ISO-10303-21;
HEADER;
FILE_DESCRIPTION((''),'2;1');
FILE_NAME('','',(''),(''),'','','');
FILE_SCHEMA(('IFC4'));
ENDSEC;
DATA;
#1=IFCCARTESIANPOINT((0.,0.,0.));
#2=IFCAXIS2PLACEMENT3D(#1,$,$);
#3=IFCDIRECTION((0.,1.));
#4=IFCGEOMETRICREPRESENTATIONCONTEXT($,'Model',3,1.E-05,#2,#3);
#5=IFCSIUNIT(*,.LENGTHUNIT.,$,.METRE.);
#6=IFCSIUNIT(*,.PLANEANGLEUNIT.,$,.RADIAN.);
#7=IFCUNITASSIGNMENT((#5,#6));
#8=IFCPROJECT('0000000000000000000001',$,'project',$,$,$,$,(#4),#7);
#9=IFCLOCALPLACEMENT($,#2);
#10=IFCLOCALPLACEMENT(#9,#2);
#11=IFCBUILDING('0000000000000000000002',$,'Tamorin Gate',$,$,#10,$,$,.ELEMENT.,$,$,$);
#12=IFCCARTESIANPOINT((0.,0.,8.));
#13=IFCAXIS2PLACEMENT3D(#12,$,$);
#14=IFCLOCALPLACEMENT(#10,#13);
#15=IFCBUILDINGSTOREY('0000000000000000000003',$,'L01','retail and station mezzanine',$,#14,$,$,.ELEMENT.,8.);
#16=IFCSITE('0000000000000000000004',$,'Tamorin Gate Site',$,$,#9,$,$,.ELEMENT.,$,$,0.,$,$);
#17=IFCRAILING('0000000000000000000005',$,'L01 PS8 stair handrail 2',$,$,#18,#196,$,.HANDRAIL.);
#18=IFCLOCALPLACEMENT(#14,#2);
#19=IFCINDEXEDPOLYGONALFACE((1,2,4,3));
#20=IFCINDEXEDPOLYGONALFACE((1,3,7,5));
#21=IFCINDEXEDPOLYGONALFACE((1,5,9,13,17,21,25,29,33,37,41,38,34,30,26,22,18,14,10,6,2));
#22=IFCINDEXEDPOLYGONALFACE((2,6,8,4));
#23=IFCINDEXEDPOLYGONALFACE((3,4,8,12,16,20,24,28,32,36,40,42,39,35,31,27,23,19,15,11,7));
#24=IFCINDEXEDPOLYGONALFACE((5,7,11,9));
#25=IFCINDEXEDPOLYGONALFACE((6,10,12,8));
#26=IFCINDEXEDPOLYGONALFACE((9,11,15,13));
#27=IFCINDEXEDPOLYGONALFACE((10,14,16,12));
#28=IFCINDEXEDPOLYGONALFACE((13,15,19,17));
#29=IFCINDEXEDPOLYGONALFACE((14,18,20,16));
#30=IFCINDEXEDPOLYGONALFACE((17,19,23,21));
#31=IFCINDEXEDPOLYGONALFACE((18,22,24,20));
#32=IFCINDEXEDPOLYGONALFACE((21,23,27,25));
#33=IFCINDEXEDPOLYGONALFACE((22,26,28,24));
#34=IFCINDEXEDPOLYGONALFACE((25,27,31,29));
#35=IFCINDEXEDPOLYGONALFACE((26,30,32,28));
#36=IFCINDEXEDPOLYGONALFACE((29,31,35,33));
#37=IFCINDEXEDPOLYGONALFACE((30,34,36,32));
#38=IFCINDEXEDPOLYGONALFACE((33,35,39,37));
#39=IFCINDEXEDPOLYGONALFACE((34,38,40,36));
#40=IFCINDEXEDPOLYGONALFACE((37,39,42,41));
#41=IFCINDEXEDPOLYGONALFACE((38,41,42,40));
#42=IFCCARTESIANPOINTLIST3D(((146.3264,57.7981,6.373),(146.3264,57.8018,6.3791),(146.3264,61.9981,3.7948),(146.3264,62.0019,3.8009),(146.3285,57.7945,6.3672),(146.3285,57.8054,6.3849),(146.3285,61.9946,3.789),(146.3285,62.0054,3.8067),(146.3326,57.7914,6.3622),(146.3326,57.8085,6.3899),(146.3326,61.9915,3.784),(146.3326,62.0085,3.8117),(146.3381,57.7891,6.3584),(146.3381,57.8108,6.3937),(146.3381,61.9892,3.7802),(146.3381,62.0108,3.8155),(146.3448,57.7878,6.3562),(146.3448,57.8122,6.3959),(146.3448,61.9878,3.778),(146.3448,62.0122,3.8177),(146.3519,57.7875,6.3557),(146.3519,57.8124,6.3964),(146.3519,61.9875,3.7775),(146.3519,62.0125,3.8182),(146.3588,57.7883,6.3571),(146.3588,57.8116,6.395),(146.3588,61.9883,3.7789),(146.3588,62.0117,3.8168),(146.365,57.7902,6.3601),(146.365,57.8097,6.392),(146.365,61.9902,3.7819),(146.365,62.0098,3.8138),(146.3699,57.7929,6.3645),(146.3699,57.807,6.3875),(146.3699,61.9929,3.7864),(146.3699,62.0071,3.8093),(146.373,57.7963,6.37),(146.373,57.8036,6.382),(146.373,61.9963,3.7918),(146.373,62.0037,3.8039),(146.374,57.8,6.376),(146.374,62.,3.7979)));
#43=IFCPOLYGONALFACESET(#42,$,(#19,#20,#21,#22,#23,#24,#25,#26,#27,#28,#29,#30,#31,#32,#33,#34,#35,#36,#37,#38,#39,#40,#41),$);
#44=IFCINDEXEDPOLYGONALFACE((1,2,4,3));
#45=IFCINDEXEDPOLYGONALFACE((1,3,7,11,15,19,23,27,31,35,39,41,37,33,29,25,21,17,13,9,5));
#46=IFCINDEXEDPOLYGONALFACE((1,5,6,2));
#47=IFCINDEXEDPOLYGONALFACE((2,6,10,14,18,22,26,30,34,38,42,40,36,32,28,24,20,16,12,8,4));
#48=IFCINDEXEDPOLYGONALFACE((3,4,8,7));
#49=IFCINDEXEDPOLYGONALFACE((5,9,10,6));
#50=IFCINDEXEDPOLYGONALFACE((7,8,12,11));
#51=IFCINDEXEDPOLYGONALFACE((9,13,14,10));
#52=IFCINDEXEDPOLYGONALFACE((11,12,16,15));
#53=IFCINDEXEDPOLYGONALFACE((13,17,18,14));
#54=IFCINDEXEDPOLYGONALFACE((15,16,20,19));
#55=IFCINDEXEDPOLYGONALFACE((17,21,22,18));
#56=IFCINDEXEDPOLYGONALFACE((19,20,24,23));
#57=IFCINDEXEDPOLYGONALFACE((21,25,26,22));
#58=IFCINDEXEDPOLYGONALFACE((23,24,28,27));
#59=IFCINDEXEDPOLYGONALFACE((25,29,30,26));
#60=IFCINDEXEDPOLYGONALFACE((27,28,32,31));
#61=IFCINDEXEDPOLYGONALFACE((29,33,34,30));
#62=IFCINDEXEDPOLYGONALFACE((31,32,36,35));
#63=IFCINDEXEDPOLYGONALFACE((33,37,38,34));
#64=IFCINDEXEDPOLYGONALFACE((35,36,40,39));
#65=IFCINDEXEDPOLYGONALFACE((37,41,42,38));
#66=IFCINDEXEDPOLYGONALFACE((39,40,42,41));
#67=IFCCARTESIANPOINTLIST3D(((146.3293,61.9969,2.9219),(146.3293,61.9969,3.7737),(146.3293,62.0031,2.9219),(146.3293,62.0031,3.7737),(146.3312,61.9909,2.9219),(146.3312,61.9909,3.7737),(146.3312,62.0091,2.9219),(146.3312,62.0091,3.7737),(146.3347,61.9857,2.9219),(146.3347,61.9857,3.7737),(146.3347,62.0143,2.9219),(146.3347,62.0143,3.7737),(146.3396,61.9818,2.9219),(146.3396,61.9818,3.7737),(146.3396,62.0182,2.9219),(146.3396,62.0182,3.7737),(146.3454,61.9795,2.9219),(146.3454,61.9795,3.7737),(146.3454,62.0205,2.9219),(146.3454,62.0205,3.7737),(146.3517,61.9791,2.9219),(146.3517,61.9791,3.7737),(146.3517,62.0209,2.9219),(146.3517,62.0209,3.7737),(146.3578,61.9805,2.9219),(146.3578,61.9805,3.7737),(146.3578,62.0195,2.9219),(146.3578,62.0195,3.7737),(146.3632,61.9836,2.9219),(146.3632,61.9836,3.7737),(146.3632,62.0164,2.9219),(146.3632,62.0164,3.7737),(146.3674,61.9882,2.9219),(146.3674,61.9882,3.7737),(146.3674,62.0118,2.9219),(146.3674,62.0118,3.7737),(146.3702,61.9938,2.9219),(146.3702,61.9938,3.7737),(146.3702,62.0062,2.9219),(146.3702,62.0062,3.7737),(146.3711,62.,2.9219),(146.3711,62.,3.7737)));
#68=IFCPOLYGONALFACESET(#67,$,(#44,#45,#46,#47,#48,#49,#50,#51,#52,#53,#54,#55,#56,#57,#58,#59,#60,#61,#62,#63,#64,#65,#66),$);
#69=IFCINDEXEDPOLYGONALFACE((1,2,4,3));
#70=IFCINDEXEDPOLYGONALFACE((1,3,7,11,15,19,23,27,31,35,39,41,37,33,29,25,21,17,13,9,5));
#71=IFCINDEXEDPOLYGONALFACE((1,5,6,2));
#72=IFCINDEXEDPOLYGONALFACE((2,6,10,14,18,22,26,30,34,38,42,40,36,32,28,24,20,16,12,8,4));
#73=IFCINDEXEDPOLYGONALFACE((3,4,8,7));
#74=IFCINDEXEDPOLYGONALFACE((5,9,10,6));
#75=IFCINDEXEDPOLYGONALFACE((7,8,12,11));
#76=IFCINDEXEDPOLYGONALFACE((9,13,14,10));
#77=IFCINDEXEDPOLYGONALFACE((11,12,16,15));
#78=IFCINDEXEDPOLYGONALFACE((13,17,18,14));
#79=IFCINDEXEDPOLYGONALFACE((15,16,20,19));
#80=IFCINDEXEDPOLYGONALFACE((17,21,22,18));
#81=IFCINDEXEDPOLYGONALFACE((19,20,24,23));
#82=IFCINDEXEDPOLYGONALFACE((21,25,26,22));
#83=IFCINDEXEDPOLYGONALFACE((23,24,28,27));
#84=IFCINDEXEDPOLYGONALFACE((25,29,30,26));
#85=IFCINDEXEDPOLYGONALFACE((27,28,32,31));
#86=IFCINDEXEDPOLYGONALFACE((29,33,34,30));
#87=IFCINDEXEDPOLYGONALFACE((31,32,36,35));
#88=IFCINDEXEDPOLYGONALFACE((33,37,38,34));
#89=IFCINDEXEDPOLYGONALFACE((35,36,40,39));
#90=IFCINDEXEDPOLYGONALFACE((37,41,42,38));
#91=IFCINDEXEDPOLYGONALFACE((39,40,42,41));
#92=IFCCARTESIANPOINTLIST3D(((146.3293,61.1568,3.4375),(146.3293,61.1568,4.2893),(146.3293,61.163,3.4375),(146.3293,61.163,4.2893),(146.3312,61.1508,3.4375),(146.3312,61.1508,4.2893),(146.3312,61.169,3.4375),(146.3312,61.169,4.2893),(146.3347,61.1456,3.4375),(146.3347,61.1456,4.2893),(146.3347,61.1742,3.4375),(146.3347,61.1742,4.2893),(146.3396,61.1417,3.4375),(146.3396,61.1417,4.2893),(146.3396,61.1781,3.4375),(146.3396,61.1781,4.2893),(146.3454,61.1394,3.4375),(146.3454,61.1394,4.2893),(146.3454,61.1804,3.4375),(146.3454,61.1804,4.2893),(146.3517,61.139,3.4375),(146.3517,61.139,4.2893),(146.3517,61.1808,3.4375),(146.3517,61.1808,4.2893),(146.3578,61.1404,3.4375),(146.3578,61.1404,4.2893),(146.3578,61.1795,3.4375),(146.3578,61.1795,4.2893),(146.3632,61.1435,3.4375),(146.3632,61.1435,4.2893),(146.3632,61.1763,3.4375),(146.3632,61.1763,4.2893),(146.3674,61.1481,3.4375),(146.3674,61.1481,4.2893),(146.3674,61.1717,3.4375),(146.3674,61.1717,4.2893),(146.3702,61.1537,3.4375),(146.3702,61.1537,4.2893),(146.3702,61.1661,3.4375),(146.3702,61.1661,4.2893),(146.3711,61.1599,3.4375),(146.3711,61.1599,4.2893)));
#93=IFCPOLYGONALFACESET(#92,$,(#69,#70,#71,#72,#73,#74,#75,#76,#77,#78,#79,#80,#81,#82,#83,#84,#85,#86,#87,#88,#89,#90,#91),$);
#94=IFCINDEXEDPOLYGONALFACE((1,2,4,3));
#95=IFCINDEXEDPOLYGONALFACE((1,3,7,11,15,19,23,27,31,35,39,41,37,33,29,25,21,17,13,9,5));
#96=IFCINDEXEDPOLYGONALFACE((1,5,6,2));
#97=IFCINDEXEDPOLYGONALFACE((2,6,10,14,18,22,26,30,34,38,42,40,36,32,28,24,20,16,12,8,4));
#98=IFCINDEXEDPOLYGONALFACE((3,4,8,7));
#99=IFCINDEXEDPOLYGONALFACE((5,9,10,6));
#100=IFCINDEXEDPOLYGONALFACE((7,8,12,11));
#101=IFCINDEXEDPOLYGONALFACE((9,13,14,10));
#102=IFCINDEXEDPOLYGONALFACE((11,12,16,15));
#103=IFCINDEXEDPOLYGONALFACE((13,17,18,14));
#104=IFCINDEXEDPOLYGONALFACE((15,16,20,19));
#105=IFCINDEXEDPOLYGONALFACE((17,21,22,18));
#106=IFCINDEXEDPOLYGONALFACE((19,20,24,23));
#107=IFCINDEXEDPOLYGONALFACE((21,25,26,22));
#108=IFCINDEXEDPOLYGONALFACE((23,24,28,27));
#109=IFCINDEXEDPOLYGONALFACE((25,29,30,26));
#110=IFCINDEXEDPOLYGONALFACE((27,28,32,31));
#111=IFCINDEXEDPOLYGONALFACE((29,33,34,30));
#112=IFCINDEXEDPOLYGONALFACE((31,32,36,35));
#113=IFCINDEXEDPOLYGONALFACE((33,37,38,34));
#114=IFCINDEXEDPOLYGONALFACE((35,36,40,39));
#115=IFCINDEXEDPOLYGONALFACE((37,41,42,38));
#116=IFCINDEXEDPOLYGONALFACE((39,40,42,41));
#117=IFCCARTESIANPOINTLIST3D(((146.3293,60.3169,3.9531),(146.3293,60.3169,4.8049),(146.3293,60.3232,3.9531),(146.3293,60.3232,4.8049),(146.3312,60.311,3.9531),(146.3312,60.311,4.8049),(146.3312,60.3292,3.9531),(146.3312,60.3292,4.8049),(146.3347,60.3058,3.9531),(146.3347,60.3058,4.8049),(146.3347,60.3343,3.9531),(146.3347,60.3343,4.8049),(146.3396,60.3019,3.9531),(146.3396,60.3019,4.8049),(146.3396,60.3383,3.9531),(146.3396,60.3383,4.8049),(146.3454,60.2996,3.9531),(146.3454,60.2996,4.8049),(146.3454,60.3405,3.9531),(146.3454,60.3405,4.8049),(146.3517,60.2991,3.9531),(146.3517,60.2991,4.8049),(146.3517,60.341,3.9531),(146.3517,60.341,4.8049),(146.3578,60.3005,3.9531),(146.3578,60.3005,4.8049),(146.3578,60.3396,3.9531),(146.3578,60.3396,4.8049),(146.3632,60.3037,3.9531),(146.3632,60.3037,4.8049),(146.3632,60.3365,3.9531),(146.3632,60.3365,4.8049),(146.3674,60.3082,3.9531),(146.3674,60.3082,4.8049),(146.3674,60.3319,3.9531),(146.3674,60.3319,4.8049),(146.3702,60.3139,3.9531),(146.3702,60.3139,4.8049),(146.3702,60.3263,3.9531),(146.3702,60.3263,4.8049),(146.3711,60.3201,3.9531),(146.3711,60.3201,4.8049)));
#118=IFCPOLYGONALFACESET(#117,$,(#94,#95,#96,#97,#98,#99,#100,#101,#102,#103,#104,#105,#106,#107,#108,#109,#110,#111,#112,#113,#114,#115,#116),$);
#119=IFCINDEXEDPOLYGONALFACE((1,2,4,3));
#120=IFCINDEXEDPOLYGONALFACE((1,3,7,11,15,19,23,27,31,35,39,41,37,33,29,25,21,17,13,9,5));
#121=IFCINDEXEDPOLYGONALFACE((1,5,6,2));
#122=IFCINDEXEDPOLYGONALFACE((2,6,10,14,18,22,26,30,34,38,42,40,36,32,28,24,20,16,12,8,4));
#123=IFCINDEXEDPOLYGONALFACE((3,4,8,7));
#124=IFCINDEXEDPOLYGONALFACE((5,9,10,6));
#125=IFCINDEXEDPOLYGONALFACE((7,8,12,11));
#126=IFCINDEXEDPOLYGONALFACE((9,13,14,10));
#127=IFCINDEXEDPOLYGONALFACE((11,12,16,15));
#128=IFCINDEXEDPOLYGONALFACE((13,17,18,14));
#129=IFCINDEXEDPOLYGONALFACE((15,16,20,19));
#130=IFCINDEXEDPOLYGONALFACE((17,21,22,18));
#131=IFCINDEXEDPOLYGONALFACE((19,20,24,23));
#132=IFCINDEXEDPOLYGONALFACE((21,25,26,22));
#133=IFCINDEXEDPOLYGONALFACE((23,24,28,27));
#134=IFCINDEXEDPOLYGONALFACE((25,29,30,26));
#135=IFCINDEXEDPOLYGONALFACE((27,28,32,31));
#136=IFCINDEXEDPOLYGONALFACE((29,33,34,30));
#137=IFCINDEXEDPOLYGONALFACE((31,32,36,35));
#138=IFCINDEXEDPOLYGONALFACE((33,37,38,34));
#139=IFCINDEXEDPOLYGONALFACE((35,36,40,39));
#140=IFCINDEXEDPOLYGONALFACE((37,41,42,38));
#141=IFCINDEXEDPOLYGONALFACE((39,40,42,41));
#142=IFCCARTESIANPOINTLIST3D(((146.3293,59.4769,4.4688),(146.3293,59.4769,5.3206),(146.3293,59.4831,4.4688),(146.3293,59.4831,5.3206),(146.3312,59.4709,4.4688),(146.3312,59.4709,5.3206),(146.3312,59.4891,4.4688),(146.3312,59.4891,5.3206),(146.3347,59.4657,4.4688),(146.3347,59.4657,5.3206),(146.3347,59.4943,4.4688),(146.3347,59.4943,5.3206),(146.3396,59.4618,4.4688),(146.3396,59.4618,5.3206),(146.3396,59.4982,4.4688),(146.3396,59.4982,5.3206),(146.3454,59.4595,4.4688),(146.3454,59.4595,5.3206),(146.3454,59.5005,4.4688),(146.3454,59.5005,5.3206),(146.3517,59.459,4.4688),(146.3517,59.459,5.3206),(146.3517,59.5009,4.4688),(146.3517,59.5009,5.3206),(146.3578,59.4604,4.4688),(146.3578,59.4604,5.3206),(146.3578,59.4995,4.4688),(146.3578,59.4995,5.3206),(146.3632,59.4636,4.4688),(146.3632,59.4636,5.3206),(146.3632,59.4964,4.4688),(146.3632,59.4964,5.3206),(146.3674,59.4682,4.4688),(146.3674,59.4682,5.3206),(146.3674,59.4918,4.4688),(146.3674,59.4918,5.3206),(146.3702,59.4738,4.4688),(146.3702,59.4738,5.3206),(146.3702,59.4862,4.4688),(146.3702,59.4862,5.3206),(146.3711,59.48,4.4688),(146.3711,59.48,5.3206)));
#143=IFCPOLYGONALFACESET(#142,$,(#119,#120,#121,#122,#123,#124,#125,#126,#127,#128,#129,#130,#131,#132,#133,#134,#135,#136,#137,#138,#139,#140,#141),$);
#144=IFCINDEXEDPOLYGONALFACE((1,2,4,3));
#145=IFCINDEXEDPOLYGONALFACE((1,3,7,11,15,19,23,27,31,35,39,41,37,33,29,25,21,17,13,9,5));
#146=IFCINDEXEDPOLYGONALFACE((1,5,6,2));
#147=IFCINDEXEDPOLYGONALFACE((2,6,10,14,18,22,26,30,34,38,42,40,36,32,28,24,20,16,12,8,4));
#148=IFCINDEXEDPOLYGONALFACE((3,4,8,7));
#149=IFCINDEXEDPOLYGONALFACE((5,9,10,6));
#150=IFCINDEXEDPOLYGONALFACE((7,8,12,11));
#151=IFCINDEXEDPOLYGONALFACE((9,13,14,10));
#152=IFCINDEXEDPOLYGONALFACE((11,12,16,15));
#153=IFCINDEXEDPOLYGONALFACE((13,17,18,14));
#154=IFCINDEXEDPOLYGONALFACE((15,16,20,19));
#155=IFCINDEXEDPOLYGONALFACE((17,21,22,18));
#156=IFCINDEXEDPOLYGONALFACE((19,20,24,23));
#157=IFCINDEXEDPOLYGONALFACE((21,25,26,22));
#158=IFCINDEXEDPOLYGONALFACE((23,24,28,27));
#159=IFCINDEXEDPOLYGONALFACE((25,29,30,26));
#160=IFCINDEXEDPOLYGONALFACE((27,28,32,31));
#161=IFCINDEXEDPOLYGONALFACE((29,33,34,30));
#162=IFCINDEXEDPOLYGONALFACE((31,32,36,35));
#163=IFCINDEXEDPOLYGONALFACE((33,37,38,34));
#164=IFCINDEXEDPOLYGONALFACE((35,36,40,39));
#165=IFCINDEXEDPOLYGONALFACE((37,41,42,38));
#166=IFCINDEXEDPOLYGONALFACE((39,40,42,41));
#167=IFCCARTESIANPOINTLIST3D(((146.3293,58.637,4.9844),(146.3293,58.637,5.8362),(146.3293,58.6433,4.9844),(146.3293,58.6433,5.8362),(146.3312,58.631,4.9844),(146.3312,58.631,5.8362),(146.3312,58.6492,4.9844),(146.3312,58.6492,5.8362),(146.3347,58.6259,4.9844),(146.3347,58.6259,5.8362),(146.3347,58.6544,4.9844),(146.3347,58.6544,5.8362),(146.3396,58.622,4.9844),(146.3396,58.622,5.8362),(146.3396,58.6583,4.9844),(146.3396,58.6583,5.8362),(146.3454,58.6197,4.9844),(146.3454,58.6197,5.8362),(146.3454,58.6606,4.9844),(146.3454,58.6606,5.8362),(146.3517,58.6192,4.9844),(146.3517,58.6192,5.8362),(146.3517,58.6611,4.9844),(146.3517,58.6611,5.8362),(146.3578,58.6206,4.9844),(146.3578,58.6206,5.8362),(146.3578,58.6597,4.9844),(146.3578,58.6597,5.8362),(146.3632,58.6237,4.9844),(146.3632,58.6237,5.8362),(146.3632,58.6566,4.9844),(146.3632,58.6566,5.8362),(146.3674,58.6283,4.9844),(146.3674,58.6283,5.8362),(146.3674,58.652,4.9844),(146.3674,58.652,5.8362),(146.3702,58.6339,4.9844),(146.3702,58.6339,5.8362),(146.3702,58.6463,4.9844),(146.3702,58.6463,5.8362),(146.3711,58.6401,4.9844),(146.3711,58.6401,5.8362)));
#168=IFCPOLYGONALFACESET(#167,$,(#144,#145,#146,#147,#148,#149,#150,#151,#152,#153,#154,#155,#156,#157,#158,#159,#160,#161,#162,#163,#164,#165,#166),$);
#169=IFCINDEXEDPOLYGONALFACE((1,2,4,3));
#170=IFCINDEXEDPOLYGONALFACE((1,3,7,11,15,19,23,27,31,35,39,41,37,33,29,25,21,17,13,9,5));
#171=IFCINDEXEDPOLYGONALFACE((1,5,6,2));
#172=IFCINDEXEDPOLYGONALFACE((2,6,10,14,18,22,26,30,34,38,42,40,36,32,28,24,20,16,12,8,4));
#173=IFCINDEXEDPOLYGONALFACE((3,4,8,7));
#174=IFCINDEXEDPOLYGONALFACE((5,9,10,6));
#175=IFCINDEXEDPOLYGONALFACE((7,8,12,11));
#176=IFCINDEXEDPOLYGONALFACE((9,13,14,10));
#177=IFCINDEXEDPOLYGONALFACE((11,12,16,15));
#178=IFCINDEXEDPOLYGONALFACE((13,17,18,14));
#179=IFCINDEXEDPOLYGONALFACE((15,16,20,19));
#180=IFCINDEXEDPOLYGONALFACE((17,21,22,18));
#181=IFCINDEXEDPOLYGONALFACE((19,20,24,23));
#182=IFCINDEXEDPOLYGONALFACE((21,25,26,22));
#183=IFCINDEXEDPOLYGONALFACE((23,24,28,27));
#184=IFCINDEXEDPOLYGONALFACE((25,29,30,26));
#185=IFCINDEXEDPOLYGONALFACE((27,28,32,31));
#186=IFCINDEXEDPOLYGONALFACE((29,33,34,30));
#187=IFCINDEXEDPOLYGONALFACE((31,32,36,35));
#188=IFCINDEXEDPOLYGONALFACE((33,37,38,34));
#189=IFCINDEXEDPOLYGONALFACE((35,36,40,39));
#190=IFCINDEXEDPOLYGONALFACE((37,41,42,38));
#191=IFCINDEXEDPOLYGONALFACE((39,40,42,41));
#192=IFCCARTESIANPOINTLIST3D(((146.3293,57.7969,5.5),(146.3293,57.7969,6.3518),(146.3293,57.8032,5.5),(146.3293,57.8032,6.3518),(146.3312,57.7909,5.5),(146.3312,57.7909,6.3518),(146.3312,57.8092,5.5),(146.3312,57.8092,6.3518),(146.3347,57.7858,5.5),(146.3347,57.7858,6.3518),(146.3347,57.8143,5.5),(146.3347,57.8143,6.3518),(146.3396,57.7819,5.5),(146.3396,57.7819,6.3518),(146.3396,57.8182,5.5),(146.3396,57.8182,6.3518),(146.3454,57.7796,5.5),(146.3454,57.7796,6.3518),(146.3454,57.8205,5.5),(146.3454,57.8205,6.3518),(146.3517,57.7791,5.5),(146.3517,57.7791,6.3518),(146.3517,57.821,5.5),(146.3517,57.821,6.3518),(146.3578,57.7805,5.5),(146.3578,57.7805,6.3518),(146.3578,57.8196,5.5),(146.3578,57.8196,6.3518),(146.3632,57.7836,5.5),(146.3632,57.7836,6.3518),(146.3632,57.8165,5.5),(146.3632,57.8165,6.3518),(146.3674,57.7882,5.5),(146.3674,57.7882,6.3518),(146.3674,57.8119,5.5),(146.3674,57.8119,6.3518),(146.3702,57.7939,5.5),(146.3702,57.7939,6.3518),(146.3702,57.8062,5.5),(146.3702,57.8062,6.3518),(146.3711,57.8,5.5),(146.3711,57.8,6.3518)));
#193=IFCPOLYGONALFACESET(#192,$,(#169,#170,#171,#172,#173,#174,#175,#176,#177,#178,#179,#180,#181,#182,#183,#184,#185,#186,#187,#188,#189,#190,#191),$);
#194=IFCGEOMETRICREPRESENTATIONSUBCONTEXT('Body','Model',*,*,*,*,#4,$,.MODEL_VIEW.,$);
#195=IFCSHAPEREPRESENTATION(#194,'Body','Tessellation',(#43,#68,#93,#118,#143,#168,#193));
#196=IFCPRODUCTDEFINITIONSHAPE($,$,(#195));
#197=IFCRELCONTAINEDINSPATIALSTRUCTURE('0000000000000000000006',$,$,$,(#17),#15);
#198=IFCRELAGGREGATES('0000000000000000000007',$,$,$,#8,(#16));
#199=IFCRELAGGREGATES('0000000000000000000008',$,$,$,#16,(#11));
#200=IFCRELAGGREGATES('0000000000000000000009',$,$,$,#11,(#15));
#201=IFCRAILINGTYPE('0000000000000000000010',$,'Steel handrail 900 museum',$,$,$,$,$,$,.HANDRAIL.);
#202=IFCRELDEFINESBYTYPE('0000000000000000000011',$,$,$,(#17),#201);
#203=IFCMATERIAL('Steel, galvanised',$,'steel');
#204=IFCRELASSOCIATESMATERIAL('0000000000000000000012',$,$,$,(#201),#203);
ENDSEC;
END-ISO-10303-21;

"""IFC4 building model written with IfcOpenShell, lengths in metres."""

from ifc_helpers import new_model, si_unit, direction, frame, origin, origin_2d, place, context, subcontext, project, spatial, circle, extrude, material, type_object, element, save


model = new_model("IFC4")

# Units and contexts
model_context = context("Model", 3, precision=1e-05, world=origin(), true_north=direction((0.0, 1.0)))
body_context = subcontext(model_context, "Body", "Model", "MODEL_VIEW")
ifc_project = project(units=[si_unit("LENGTHUNIT", "METRE"), si_unit("PLANEANGLEUNIT", "RADIAN")], contexts=[model_context])

# Site, building, storey
site_placement = place(None, origin())
site = spatial("IfcSite", under=ifc_project, at=site_placement, Name="Tamorin Gate Site", CompositionType="ELEMENT", RefElevation=0.0)
building_placement = place(site_placement, origin())
building = spatial("IfcBuilding", under=site, at=building_placement, Name="Tamorin Gate", CompositionType="ELEMENT")
storey_placement = place(building_placement, frame((0.0, 0.0, 8.0)))
storey = spatial("IfcBuildingStorey", under=building, at=storey_placement, Name="L01", Description="retail and station mezzanine", CompositionType="ELEMENT", Elevation=8.0)

# Railing
ifc_material_1 = material(Name="Steel, galvanised", Category="steel")
railing_type_1 = type_object("IfcRailingType", Name="Steel handrail 900 museum", PredefinedType="HANDRAIL", material=ifc_material_1)
railing_1_placement = place(storey_placement, frame((146.3501, 62.0, 2.9219)))
element("IfcRailing", 1, at=railing_1_placement, inside=storey, type_object=railing_type_1, Name="L01 PS8 stair handrail 2", PredefinedType="HANDRAIL", context=body_context, shape_type="SweptSolid", body=[
    extrude(circle(Radius=0.0239, at=origin_2d()), frame((0.0, 0.0, 0.876), z_axis=(0.0, -0.852243, 0.523146), x_axis=(1.0, 0.0, 0.0)), (0.0, 0.0, 1.0), 4.9282),
    extrude(circle(Radius=0.021, at=origin_2d()), origin(), (0.0, 0.0, 1.0), 0.8518),
    extrude(circle(Radius=0.021, at=origin_2d()), frame((0.0, -0.8401, 0.5156)), (0.0, 0.0, 1.0), 0.8518),
    extrude(circle(Radius=0.021, at=origin_2d()), frame((0.0, -1.6799, 1.0312)), (0.0, 0.0, 1.0), 0.8518),
    extrude(circle(Radius=0.021, at=origin_2d()), frame((0.0, -2.52, 1.5469)), (0.0, 0.0, 1.0), 0.8518),
    extrude(circle(Radius=0.021, at=origin_2d()), frame((0.0, -3.3599, 2.0625)), (0.0, 0.0, 1.0), 0.8518),
    extrude(circle(Radius=0.021, at=origin_2d()), frame((0.0, -4.2, 2.5781)), (0.0, 0.0, 1.0), 0.8518),
])

save(model, "model.ifc")
